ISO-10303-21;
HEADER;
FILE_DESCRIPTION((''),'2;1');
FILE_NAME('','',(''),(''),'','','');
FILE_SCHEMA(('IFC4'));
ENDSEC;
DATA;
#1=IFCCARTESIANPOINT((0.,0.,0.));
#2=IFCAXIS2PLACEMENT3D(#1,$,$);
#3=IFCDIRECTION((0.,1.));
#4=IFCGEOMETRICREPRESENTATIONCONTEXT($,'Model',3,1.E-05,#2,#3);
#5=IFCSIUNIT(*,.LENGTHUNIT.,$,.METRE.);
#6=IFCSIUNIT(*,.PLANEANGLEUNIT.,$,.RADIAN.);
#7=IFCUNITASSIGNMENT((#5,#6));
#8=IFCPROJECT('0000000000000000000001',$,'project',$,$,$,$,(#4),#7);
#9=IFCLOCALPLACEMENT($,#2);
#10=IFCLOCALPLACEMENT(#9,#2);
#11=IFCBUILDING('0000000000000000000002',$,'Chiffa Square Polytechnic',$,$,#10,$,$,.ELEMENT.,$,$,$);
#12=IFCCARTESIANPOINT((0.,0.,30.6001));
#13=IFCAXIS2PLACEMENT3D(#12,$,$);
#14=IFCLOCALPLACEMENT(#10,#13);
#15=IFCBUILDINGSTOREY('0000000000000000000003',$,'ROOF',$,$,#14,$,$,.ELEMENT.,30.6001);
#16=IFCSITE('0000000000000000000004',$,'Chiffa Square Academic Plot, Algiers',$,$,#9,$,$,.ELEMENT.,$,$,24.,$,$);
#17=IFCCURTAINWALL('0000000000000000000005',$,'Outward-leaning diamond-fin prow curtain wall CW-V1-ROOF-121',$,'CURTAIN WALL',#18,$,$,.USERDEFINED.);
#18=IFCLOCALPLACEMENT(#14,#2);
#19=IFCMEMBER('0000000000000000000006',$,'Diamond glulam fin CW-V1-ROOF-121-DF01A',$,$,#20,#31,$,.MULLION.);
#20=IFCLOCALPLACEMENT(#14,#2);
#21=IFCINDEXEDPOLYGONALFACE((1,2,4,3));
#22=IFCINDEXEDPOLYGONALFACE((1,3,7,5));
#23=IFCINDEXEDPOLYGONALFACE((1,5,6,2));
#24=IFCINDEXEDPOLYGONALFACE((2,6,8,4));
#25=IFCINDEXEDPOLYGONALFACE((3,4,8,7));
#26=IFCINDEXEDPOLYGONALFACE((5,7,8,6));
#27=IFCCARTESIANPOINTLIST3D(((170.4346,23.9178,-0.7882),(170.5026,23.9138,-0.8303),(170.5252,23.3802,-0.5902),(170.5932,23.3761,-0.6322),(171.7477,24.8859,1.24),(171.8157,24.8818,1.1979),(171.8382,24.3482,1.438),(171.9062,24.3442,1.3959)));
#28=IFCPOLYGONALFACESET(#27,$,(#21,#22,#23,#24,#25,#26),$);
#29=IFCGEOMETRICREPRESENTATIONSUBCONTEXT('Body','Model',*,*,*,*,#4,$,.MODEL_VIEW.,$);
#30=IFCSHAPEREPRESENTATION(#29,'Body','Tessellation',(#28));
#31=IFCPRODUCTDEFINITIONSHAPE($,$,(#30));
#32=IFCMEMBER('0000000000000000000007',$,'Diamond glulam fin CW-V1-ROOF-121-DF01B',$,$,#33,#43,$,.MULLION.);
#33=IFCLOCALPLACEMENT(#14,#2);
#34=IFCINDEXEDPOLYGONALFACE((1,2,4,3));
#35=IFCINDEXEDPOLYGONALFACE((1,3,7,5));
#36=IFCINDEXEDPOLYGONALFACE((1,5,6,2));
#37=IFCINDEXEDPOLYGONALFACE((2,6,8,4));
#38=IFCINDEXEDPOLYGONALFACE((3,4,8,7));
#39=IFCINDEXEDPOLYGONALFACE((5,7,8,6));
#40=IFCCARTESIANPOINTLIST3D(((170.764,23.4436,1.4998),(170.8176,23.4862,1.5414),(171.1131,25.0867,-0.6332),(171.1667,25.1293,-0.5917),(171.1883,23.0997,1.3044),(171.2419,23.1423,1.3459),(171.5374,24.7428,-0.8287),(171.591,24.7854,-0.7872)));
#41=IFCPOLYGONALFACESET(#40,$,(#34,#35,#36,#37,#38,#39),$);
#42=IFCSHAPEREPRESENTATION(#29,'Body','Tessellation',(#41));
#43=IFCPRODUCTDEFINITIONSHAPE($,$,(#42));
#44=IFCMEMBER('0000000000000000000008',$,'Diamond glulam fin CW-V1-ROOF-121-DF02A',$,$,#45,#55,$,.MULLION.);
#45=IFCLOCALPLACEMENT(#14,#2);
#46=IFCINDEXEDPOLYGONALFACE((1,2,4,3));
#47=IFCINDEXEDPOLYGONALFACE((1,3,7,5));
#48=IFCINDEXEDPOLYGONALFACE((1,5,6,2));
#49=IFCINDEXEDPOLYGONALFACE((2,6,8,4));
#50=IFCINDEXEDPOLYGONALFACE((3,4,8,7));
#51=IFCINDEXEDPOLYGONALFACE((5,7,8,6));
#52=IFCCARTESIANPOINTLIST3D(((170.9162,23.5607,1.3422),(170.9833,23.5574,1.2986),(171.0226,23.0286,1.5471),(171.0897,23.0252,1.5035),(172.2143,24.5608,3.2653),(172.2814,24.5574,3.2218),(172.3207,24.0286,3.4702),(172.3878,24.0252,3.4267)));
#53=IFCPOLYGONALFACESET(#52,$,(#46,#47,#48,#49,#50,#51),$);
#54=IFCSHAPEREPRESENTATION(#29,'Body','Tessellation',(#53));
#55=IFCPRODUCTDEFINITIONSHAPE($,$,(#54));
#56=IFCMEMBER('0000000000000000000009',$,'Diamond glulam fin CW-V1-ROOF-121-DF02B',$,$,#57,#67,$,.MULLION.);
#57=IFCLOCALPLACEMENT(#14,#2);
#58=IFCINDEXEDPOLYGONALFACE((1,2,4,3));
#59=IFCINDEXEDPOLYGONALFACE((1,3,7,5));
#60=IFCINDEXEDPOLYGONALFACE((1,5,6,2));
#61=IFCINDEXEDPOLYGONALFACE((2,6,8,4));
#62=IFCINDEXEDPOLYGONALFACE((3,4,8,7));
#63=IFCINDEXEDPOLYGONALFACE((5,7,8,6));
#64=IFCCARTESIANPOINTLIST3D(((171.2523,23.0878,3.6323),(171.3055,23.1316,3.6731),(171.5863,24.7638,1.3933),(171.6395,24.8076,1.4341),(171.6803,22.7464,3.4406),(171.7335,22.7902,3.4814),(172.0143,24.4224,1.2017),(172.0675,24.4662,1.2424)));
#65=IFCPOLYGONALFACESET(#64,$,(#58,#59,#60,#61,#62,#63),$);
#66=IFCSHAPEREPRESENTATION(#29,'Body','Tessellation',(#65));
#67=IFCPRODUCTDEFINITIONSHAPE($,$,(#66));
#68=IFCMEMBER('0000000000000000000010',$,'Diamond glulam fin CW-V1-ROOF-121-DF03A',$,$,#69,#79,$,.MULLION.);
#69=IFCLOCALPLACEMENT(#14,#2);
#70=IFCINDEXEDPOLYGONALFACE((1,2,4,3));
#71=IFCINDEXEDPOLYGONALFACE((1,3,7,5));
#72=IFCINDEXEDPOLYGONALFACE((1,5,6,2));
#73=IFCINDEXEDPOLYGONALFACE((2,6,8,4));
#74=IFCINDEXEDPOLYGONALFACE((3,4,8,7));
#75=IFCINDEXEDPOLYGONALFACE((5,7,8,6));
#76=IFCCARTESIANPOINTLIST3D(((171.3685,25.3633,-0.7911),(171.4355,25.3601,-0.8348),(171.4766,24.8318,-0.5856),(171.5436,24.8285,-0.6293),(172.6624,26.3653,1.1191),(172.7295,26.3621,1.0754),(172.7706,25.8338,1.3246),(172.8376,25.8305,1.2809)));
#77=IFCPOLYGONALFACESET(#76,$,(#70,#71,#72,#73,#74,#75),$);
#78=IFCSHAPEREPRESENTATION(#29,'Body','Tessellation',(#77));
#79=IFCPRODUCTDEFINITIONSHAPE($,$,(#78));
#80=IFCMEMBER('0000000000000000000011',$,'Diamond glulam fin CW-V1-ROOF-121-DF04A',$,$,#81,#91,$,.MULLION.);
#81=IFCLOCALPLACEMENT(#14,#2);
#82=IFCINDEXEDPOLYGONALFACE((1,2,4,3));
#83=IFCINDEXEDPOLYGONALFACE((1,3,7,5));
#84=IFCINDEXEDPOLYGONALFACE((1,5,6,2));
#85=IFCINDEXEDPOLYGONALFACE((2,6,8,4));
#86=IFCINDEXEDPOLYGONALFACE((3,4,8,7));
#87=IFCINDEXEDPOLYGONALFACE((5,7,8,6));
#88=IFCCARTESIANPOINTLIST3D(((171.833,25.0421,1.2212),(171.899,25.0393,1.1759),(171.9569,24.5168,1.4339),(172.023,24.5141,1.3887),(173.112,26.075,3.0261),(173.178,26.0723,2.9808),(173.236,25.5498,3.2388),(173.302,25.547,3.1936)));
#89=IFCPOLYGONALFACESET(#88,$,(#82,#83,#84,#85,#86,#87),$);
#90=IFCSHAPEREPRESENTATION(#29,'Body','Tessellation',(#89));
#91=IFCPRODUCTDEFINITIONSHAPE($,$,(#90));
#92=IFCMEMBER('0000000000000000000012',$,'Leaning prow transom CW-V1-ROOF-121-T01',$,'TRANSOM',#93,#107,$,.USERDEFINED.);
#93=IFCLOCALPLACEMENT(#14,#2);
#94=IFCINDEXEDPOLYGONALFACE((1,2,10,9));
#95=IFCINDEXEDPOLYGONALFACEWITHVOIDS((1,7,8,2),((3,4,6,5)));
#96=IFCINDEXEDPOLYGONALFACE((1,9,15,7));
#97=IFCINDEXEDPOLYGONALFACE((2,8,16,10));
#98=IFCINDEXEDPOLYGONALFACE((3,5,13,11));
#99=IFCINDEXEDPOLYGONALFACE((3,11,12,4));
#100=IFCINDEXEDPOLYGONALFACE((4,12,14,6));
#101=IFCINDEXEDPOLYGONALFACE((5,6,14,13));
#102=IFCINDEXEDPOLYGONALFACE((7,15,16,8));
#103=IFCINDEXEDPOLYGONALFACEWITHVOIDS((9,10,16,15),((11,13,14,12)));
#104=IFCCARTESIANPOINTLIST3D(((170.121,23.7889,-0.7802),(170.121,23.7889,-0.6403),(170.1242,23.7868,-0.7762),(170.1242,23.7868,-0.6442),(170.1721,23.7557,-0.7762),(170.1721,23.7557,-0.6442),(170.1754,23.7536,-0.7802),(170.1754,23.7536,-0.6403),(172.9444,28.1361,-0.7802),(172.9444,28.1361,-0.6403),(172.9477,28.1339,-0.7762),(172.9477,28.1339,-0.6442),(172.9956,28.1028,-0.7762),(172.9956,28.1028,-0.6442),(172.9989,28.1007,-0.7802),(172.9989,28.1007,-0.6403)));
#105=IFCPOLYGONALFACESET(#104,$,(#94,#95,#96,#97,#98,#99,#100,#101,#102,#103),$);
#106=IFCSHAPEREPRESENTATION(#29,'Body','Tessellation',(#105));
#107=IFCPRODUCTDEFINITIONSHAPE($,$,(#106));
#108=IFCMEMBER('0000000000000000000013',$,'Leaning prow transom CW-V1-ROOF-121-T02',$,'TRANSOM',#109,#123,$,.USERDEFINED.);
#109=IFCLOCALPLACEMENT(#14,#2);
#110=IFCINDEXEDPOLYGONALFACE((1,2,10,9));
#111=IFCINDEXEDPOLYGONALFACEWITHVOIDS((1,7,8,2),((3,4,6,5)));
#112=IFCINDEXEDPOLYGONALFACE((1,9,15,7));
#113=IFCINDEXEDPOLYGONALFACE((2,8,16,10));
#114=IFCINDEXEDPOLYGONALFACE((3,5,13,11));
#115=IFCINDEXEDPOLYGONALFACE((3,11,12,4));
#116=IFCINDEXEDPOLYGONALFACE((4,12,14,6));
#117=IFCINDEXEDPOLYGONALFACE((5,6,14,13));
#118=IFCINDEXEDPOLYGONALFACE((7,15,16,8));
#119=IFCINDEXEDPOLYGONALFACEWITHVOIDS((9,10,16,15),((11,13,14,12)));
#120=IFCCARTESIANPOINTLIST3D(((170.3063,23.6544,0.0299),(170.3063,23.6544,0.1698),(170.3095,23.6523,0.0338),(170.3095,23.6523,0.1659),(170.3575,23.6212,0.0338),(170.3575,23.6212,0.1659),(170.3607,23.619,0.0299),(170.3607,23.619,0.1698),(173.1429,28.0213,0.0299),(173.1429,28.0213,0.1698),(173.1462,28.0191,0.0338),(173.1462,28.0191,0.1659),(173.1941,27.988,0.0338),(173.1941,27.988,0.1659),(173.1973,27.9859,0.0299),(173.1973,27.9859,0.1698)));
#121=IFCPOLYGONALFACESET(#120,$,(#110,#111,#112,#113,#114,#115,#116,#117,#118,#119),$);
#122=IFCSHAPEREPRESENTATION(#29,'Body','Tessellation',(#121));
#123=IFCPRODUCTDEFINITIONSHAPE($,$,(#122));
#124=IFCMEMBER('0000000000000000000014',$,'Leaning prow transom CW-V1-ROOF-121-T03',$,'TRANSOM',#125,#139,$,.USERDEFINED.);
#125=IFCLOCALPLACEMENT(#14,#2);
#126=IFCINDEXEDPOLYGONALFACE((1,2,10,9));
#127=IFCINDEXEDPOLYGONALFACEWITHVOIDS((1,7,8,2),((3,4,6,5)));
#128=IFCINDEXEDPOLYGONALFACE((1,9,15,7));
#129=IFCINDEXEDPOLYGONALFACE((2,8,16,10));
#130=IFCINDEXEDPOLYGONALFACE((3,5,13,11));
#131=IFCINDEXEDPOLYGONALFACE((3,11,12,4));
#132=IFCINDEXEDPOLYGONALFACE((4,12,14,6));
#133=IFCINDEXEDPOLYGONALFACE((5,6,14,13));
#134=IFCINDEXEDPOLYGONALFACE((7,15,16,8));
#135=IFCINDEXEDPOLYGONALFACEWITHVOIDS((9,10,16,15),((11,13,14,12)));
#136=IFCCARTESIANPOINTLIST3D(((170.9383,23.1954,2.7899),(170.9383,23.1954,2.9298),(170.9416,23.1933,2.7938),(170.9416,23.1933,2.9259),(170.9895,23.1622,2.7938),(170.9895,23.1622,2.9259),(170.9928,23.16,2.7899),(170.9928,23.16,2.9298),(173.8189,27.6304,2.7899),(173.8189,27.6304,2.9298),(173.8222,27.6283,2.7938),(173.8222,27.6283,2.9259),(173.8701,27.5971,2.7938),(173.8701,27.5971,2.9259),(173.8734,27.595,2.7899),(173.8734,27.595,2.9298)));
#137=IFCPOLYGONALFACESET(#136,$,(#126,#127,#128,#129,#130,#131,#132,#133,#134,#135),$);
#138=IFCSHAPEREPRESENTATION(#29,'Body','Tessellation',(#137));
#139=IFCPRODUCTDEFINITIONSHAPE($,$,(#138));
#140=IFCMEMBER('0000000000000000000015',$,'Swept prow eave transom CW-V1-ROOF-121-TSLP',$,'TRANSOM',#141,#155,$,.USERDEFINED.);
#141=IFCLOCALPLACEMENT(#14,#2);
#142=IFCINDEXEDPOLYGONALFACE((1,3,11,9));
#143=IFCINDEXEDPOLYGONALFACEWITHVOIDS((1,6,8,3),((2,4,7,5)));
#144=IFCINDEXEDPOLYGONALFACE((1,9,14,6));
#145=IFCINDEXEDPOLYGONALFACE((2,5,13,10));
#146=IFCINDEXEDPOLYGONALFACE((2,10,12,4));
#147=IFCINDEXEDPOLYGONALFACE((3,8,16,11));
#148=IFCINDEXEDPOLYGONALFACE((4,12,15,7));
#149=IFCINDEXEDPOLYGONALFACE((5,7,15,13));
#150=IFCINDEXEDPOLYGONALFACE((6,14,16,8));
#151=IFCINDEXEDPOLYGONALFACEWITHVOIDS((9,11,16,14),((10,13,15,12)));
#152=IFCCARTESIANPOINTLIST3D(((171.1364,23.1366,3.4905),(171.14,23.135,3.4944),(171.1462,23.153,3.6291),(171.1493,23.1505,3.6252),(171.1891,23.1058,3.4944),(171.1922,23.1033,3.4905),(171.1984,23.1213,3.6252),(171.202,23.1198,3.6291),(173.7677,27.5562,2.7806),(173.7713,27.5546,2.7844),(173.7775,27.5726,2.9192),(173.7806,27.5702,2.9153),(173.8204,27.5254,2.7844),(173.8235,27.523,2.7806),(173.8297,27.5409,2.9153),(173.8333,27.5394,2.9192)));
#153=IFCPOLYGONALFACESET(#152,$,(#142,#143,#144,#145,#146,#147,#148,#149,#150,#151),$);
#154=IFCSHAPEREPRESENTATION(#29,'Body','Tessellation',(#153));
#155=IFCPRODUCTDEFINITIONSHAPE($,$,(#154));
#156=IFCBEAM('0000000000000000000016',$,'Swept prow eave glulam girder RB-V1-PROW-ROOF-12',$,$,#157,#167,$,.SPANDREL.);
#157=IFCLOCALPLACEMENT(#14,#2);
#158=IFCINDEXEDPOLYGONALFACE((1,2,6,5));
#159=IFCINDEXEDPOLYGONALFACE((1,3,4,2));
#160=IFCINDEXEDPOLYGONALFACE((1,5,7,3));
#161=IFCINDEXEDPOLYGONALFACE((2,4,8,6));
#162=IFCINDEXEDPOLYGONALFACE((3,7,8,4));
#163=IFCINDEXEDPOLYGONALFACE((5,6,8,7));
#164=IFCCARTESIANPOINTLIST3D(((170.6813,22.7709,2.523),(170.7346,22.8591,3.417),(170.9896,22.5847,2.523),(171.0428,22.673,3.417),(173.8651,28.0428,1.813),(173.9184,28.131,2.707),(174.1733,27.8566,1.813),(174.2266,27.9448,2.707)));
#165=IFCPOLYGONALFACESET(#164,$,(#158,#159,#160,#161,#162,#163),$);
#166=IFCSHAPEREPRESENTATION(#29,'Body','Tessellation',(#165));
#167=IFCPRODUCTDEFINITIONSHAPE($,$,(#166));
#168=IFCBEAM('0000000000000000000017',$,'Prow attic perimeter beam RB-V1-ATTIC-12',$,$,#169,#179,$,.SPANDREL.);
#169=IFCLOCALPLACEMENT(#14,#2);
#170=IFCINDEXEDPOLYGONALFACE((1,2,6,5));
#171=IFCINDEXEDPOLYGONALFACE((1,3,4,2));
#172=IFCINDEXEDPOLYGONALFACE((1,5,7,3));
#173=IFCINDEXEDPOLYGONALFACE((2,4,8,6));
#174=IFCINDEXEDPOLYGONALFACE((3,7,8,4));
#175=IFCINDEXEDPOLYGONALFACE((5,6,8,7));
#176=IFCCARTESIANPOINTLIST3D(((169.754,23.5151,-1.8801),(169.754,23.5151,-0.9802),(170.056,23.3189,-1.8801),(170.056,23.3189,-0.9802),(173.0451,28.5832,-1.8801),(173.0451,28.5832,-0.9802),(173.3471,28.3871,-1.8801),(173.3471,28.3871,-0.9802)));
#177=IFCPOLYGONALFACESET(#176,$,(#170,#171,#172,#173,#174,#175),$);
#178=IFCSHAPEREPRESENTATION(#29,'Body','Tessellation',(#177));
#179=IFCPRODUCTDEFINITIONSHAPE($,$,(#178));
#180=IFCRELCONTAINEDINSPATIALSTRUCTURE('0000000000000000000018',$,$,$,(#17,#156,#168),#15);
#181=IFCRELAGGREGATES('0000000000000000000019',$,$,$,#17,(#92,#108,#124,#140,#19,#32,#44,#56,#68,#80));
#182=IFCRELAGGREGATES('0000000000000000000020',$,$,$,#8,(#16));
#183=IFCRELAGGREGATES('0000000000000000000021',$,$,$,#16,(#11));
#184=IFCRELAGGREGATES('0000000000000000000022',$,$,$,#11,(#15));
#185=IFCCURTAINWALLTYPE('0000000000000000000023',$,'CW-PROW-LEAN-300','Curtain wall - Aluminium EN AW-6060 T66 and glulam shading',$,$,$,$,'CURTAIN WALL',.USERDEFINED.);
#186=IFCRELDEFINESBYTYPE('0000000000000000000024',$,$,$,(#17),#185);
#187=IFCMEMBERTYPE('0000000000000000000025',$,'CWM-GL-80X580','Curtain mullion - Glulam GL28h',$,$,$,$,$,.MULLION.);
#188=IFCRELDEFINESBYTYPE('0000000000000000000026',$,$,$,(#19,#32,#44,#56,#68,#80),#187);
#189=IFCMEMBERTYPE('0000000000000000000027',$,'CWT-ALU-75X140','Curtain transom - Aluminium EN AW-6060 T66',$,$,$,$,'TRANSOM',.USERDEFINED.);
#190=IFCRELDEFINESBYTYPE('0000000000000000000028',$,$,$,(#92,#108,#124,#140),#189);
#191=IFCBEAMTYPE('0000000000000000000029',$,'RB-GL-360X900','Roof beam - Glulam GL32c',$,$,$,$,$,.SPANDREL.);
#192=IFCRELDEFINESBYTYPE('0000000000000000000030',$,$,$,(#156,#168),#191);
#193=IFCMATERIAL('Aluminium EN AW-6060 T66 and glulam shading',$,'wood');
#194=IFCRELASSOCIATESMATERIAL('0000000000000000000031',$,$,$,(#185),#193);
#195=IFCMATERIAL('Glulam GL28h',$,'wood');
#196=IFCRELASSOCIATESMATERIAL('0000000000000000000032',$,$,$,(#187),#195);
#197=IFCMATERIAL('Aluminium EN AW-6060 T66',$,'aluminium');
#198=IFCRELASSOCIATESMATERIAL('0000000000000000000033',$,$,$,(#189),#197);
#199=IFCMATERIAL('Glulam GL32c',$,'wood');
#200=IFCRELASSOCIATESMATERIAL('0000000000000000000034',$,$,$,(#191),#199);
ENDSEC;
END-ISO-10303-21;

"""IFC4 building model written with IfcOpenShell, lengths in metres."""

from ifc_helpers import new_model, si_unit, direction, frame, origin, origin_2d, place, context, subcontext, project, spatial, rectangle, hollow_rectangle, extrude, material, material_profile, profile_set, type_object, element, aggregate, save


model = new_model("IFC4")

# Units and contexts
model_context = context("Model", 3, precision=1e-05, world=origin(), true_north=direction((0.0, 1.0)))
body_context = subcontext(model_context, "Body", "Model", "MODEL_VIEW")
ifc_project = project(units=[si_unit("LENGTHUNIT", "METRE"), si_unit("PLANEANGLEUNIT", "RADIAN")], contexts=[model_context])

# Site, building, storey
site_placement = place(None, origin())
site = spatial("IfcSite", under=ifc_project, at=site_placement, Name="Chiffa Square Academic Plot, Algiers", CompositionType="ELEMENT", RefElevation=24.0)
building_placement = place(site_placement, origin())
building = spatial("IfcBuilding", under=site, at=building_placement, Name="Chiffa Square Polytechnic", CompositionType="ELEMENT")
storey_placement = place(building_placement, frame((0.0, 0.0, 30.6001)))
storey = spatial("IfcBuildingStorey", under=building, at=storey_placement, Name="ROOF", CompositionType="ELEMENT", Elevation=30.6001)

# Shared definitions
ifc_material_1 = material(Name="Glulam GL32c", Category="wood")

# Curtain wall
ifc_material_2 = material(Name="Aluminium EN AW-6060 T66 and glulam shading", Category="wood")
ifc_material_3 = material(Name="Aluminium EN AW-6060 T66", Category="aluminium")
curtain_wall_type_1 = type_object("IfcCurtainWallType", Name="CW-PROW-LEAN-300", Description="Curtain wall - Aluminium EN AW-6060 T66 and glulam shading", ElementType="CURTAIN WALL", PredefinedType="USERDEFINED", material=ifc_material_2)
curtain_wall_1_placement = place(storey_placement, origin())
curtain_wall_1 = element("IfcCurtainWall", 1, at=curtain_wall_1_placement, inside=storey, type_object=curtain_wall_type_1, Name="Outward-leaning diamond-fin prow curtain wall CW-V1-ROOF-121", ObjectType="CURTAIN WALL", PredefinedType="USERDEFINED")

# Members
ifc_material_4 = material(Name="Glulam GL28h", Category="wood")
ifc_material_profile_1 = material_profile(ifc_material_4, rectangle(XDim=0.0801, YDim=0.5801, at=origin_2d()), Name="GL28h 80x580")
ifc_profile_set_1 = profile_set([ifc_material_profile_1], Name="Glulam GL28h")
member_type_1 = type_object("IfcMemberType", Name="CWM-GL-80X580", Description="Curtain mullion - Glulam GL28h", PredefinedType="MULLION", material=ifc_profile_set_1)
member_1_placement = place(storey_placement, frame((170.5139, 23.647, -0.7102), z_axis=(0.50447, 0.371927, 0.779218), x_axis=(-0.849203, 0.050574, 0.52564)))
member_1 = element("IfcMember", 2, at=member_1_placement, type_object=member_type_1, Name="Diamond glulam fin CW-V1-ROOF-121-DF01A", PredefinedType="MULLION", context=body_context, shape_type="SweptSolid", body=[
    extrude(rectangle(XDim=0.0801, YDim=0.5801, at=origin_2d()), origin(), (0.0, 0.0, 1.0), 2.6028),
])
member_2_placement = place(storey_placement, frame((171.3521, 24.936, -0.7102), z_axis=(-0.128587, -0.60517, 0.785642), x_axis=(0.669691, 0.531308, 0.518869)))
member_2 = element("IfcMember", 3, at=member_2_placement, type_object=member_type_1, Name="Diamond glulam fin CW-V1-ROOF-121-DF01B", PredefinedType="MULLION", context=body_context, shape_type="SweptSolid", body=[
    extrude(rectangle(XDim=0.0801, YDim=0.5801, at=origin_2d()), origin(), (0.0, 0.0, 1.0), 2.7151),
])
member_3_placement = place(storey_placement, frame((171.0029, 23.293, 1.4229), z_axis=(0.513786, 0.3958, 0.761161), x_axis=(-0.838084, 0.041883, 0.543931)))
member_3 = element("IfcMember", 4, at=member_3_placement, type_object=member_type_1, Name="Diamond glulam fin CW-V1-ROOF-121-DF02A", PredefinedType="MULLION", context=body_context, shape_type="SweptSolid", body=[
    extrude(rectangle(XDim=0.0801, YDim=0.5801, at=origin_2d()), origin(), (0.0, 0.0, 1.0), 2.5266),
])
member_4_placement = place(storey_placement, frame((171.8269, 24.615, 1.3179), z_axis=(-0.118573, -0.595032, 0.794907), x_axis=(0.664423, 0.547372, 0.508847)))
member_4 = element("IfcMember", 5, at=member_4_placement, type_object=member_type_1, Name="Diamond glulam fin CW-V1-ROOF-121-DF02B", PredefinedType="MULLION", context=body_context, shape_type="SweptSolid", body=[
    extrude(rectangle(XDim=0.0801, YDim=0.5801, at=origin_2d()), origin(), (0.0, 0.0, 1.0), 2.8167),
])
member_5_placement = place(storey_placement, frame((171.4561, 25.0959, -0.7102), z_axis=(0.514423, 0.398338, 0.759405), x_axis=(-0.837022, 0.040695, 0.545654)))
member_5 = element("IfcMember", 6, at=member_5_placement, type_object=member_type_1, Name="Diamond glulam fin CW-V1-ROOF-121-DF03A", PredefinedType="MULLION", context=body_context, shape_type="SweptSolid", body=[
    extrude(rectangle(XDim=0.0801, YDim=0.5801, at=origin_2d()), origin(), (0.0, 0.0, 1.0), 2.5154),
])
member_6_placement = place(storey_placement, frame((171.928, 24.7781, 1.3049), z_axis=(0.523887, 0.42309, 0.739282), x_axis=(-0.824549, 0.034167, 0.564758)))
member_6 = element("IfcMember", 7, at=member_6_placement, type_object=member_type_1, Name="Diamond glulam fin CW-V1-ROOF-121-DF04A", PredefinedType="MULLION", context=body_context, shape_type="SweptSolid", body=[
    extrude(rectangle(XDim=0.0801, YDim=0.5801, at=origin_2d()), origin(), (0.0, 0.0, 1.0), 2.4414),
])
ifc_material_profile_2 = material_profile(ifc_material_3, hollow_rectangle(XDim=0.0649, YDim=0.1399, WallThickness=0.0039, at=origin_2d()), Name="ALU 65x140x4")
ifc_profile_set_2 = profile_set([ifc_material_profile_2], Name="Aluminium EN AW-6060 T66")
member_type_2 = type_object("IfcMemberType", Name="CWT-ALU-75X140", Description="Curtain transom - Aluminium EN AW-6060 T66", ElementType="TRANSOM", PredefinedType="USERDEFINED", material=ifc_profile_set_2)
member_7_placement = place(storey_placement, frame((170.1482, 23.7712, -0.7102), z_axis=(0.544694, 0.838635, 0.0), x_axis=(-0.838635, 0.544694, 0.0)))
member_7 = element("IfcMember", 8, at=member_7_placement, type_object=member_type_2, Name="Leaning prow transom CW-V1-ROOF-121-T01", ObjectType="TRANSOM", PredefinedType="USERDEFINED", context=body_context, shape_type="SweptSolid", body=[
    extrude(hollow_rectangle(XDim=0.0649, YDim=0.1399, WallThickness=0.0039, at=origin_2d()), origin(), (0.0, 0.0, 1.0), 5.1836),
])
member_8_placement = place(storey_placement, frame((170.3335, 23.6367, 0.0999), z_axis=(0.544739, 0.838605, 0.0), x_axis=(-0.838605, 0.544739, 0.0)))
member_8 = element("IfcMember", 9, at=member_8_placement, type_object=member_type_2, Name="Leaning prow transom CW-V1-ROOF-121-T02", ObjectType="TRANSOM", PredefinedType="USERDEFINED", context=body_context, shape_type="SweptSolid", body=[
    extrude(hollow_rectangle(XDim=0.0649, YDim=0.1399, WallThickness=0.0039, at=origin_2d()), origin(), (0.0, 0.0, 1.0), 5.2073),
])
member_9_placement = place(storey_placement, frame((170.9656, 23.1777, 2.8599), z_axis=(0.544699, 0.838631, 0.0), x_axis=(-0.838631, 0.544699, 0.0)))
member_9 = element("IfcMember", 10, at=member_9_placement, type_object=member_type_2, Name="Leaning prow transom CW-V1-ROOF-121-T03", ObjectType="TRANSOM", PredefinedType="USERDEFINED", context=body_context, shape_type="SweptSolid", body=[
    extrude(hollow_rectangle(XDim=0.0649, YDim=0.1399, WallThickness=0.0039, at=origin_2d()), origin(), (0.0, 0.0, 1.0), 5.2883),
])
member_10_placement = place(storey_placement, frame((171.1692, 23.1282, 3.5598), z_axis=(0.506764, 0.851173, -0.136729), x_axis=(-0.859243, 0.511568, 0.0)))
member_10 = element("IfcMember", 11, at=member_10_placement, type_object=member_type_2, Name="Swept prow eave transom CW-V1-ROOF-121-TSLP", ObjectType="TRANSOM", PredefinedType="USERDEFINED", context=body_context, shape_type="SweptSolid", body=[
    extrude(hollow_rectangle(XDim=0.0649, YDim=0.1399, WallThickness=0.0039, at=origin_2d()), origin(), (0.0, 0.0, 1.0), 5.1924),
])

# Beams
ifc_material_profile_3 = material_profile(ifc_material_1, rectangle(XDim=0.3601, YDim=0.8999, at=origin_2d()), Name="GL32c 360x900")
ifc_profile_set_3 = profile_set([ifc_material_profile_3], Name="Glulam GL32c")
beam_type_1 = type_object("IfcBeamType", Name="RB-GL-360X900", Description="Roof beam - Glulam GL32c", PredefinedType="SPANDREL", material=ifc_profile_set_3)
beam_1_placement = place(storey_placement, frame((170.8621, 22.7219, 2.97), z_axis=(0.513559, 0.850378, -0.114518), x_axis=(-0.85601, 0.51696, 0.0)))
element("IfcBeam", 12, at=beam_1_placement, inside=storey, type_object=beam_type_1, Name="Swept prow eave glulam girder RB-V1-PROW-ROOF-12", PredefinedType="SPANDREL", context=body_context, shape_type="SweptSolid", body=[
    extrude(rectangle(XDim=0.3601, YDim=0.8999, at=origin_2d()), origin(), (0.0, 0.0, 1.0), 6.1995),
])
beam_2_placement = place(storey_placement, frame((169.905, 23.417, -1.4302), z_axis=(0.544609, 0.83869, 0.0), x_axis=(-0.83869, 0.544609, 0.0)))
element("IfcBeam", 13, at=beam_2_placement, inside=storey, type_object=beam_type_1, Name="Prow attic perimeter beam RB-V1-ATTIC-12", PredefinedType="SPANDREL", context=body_context, shape_type="SweptSolid", body=[
    extrude(rectangle(XDim=0.3601, YDim=0.8999, at=origin_2d()), origin(), (0.0, 0.0, 1.0), 6.043),
])

aggregate(curtain_wall_1, [member_7, member_8, member_9, member_10, member_1, member_2, member_3, member_4, member_5, member_6])

save(model, "model.ifc")
